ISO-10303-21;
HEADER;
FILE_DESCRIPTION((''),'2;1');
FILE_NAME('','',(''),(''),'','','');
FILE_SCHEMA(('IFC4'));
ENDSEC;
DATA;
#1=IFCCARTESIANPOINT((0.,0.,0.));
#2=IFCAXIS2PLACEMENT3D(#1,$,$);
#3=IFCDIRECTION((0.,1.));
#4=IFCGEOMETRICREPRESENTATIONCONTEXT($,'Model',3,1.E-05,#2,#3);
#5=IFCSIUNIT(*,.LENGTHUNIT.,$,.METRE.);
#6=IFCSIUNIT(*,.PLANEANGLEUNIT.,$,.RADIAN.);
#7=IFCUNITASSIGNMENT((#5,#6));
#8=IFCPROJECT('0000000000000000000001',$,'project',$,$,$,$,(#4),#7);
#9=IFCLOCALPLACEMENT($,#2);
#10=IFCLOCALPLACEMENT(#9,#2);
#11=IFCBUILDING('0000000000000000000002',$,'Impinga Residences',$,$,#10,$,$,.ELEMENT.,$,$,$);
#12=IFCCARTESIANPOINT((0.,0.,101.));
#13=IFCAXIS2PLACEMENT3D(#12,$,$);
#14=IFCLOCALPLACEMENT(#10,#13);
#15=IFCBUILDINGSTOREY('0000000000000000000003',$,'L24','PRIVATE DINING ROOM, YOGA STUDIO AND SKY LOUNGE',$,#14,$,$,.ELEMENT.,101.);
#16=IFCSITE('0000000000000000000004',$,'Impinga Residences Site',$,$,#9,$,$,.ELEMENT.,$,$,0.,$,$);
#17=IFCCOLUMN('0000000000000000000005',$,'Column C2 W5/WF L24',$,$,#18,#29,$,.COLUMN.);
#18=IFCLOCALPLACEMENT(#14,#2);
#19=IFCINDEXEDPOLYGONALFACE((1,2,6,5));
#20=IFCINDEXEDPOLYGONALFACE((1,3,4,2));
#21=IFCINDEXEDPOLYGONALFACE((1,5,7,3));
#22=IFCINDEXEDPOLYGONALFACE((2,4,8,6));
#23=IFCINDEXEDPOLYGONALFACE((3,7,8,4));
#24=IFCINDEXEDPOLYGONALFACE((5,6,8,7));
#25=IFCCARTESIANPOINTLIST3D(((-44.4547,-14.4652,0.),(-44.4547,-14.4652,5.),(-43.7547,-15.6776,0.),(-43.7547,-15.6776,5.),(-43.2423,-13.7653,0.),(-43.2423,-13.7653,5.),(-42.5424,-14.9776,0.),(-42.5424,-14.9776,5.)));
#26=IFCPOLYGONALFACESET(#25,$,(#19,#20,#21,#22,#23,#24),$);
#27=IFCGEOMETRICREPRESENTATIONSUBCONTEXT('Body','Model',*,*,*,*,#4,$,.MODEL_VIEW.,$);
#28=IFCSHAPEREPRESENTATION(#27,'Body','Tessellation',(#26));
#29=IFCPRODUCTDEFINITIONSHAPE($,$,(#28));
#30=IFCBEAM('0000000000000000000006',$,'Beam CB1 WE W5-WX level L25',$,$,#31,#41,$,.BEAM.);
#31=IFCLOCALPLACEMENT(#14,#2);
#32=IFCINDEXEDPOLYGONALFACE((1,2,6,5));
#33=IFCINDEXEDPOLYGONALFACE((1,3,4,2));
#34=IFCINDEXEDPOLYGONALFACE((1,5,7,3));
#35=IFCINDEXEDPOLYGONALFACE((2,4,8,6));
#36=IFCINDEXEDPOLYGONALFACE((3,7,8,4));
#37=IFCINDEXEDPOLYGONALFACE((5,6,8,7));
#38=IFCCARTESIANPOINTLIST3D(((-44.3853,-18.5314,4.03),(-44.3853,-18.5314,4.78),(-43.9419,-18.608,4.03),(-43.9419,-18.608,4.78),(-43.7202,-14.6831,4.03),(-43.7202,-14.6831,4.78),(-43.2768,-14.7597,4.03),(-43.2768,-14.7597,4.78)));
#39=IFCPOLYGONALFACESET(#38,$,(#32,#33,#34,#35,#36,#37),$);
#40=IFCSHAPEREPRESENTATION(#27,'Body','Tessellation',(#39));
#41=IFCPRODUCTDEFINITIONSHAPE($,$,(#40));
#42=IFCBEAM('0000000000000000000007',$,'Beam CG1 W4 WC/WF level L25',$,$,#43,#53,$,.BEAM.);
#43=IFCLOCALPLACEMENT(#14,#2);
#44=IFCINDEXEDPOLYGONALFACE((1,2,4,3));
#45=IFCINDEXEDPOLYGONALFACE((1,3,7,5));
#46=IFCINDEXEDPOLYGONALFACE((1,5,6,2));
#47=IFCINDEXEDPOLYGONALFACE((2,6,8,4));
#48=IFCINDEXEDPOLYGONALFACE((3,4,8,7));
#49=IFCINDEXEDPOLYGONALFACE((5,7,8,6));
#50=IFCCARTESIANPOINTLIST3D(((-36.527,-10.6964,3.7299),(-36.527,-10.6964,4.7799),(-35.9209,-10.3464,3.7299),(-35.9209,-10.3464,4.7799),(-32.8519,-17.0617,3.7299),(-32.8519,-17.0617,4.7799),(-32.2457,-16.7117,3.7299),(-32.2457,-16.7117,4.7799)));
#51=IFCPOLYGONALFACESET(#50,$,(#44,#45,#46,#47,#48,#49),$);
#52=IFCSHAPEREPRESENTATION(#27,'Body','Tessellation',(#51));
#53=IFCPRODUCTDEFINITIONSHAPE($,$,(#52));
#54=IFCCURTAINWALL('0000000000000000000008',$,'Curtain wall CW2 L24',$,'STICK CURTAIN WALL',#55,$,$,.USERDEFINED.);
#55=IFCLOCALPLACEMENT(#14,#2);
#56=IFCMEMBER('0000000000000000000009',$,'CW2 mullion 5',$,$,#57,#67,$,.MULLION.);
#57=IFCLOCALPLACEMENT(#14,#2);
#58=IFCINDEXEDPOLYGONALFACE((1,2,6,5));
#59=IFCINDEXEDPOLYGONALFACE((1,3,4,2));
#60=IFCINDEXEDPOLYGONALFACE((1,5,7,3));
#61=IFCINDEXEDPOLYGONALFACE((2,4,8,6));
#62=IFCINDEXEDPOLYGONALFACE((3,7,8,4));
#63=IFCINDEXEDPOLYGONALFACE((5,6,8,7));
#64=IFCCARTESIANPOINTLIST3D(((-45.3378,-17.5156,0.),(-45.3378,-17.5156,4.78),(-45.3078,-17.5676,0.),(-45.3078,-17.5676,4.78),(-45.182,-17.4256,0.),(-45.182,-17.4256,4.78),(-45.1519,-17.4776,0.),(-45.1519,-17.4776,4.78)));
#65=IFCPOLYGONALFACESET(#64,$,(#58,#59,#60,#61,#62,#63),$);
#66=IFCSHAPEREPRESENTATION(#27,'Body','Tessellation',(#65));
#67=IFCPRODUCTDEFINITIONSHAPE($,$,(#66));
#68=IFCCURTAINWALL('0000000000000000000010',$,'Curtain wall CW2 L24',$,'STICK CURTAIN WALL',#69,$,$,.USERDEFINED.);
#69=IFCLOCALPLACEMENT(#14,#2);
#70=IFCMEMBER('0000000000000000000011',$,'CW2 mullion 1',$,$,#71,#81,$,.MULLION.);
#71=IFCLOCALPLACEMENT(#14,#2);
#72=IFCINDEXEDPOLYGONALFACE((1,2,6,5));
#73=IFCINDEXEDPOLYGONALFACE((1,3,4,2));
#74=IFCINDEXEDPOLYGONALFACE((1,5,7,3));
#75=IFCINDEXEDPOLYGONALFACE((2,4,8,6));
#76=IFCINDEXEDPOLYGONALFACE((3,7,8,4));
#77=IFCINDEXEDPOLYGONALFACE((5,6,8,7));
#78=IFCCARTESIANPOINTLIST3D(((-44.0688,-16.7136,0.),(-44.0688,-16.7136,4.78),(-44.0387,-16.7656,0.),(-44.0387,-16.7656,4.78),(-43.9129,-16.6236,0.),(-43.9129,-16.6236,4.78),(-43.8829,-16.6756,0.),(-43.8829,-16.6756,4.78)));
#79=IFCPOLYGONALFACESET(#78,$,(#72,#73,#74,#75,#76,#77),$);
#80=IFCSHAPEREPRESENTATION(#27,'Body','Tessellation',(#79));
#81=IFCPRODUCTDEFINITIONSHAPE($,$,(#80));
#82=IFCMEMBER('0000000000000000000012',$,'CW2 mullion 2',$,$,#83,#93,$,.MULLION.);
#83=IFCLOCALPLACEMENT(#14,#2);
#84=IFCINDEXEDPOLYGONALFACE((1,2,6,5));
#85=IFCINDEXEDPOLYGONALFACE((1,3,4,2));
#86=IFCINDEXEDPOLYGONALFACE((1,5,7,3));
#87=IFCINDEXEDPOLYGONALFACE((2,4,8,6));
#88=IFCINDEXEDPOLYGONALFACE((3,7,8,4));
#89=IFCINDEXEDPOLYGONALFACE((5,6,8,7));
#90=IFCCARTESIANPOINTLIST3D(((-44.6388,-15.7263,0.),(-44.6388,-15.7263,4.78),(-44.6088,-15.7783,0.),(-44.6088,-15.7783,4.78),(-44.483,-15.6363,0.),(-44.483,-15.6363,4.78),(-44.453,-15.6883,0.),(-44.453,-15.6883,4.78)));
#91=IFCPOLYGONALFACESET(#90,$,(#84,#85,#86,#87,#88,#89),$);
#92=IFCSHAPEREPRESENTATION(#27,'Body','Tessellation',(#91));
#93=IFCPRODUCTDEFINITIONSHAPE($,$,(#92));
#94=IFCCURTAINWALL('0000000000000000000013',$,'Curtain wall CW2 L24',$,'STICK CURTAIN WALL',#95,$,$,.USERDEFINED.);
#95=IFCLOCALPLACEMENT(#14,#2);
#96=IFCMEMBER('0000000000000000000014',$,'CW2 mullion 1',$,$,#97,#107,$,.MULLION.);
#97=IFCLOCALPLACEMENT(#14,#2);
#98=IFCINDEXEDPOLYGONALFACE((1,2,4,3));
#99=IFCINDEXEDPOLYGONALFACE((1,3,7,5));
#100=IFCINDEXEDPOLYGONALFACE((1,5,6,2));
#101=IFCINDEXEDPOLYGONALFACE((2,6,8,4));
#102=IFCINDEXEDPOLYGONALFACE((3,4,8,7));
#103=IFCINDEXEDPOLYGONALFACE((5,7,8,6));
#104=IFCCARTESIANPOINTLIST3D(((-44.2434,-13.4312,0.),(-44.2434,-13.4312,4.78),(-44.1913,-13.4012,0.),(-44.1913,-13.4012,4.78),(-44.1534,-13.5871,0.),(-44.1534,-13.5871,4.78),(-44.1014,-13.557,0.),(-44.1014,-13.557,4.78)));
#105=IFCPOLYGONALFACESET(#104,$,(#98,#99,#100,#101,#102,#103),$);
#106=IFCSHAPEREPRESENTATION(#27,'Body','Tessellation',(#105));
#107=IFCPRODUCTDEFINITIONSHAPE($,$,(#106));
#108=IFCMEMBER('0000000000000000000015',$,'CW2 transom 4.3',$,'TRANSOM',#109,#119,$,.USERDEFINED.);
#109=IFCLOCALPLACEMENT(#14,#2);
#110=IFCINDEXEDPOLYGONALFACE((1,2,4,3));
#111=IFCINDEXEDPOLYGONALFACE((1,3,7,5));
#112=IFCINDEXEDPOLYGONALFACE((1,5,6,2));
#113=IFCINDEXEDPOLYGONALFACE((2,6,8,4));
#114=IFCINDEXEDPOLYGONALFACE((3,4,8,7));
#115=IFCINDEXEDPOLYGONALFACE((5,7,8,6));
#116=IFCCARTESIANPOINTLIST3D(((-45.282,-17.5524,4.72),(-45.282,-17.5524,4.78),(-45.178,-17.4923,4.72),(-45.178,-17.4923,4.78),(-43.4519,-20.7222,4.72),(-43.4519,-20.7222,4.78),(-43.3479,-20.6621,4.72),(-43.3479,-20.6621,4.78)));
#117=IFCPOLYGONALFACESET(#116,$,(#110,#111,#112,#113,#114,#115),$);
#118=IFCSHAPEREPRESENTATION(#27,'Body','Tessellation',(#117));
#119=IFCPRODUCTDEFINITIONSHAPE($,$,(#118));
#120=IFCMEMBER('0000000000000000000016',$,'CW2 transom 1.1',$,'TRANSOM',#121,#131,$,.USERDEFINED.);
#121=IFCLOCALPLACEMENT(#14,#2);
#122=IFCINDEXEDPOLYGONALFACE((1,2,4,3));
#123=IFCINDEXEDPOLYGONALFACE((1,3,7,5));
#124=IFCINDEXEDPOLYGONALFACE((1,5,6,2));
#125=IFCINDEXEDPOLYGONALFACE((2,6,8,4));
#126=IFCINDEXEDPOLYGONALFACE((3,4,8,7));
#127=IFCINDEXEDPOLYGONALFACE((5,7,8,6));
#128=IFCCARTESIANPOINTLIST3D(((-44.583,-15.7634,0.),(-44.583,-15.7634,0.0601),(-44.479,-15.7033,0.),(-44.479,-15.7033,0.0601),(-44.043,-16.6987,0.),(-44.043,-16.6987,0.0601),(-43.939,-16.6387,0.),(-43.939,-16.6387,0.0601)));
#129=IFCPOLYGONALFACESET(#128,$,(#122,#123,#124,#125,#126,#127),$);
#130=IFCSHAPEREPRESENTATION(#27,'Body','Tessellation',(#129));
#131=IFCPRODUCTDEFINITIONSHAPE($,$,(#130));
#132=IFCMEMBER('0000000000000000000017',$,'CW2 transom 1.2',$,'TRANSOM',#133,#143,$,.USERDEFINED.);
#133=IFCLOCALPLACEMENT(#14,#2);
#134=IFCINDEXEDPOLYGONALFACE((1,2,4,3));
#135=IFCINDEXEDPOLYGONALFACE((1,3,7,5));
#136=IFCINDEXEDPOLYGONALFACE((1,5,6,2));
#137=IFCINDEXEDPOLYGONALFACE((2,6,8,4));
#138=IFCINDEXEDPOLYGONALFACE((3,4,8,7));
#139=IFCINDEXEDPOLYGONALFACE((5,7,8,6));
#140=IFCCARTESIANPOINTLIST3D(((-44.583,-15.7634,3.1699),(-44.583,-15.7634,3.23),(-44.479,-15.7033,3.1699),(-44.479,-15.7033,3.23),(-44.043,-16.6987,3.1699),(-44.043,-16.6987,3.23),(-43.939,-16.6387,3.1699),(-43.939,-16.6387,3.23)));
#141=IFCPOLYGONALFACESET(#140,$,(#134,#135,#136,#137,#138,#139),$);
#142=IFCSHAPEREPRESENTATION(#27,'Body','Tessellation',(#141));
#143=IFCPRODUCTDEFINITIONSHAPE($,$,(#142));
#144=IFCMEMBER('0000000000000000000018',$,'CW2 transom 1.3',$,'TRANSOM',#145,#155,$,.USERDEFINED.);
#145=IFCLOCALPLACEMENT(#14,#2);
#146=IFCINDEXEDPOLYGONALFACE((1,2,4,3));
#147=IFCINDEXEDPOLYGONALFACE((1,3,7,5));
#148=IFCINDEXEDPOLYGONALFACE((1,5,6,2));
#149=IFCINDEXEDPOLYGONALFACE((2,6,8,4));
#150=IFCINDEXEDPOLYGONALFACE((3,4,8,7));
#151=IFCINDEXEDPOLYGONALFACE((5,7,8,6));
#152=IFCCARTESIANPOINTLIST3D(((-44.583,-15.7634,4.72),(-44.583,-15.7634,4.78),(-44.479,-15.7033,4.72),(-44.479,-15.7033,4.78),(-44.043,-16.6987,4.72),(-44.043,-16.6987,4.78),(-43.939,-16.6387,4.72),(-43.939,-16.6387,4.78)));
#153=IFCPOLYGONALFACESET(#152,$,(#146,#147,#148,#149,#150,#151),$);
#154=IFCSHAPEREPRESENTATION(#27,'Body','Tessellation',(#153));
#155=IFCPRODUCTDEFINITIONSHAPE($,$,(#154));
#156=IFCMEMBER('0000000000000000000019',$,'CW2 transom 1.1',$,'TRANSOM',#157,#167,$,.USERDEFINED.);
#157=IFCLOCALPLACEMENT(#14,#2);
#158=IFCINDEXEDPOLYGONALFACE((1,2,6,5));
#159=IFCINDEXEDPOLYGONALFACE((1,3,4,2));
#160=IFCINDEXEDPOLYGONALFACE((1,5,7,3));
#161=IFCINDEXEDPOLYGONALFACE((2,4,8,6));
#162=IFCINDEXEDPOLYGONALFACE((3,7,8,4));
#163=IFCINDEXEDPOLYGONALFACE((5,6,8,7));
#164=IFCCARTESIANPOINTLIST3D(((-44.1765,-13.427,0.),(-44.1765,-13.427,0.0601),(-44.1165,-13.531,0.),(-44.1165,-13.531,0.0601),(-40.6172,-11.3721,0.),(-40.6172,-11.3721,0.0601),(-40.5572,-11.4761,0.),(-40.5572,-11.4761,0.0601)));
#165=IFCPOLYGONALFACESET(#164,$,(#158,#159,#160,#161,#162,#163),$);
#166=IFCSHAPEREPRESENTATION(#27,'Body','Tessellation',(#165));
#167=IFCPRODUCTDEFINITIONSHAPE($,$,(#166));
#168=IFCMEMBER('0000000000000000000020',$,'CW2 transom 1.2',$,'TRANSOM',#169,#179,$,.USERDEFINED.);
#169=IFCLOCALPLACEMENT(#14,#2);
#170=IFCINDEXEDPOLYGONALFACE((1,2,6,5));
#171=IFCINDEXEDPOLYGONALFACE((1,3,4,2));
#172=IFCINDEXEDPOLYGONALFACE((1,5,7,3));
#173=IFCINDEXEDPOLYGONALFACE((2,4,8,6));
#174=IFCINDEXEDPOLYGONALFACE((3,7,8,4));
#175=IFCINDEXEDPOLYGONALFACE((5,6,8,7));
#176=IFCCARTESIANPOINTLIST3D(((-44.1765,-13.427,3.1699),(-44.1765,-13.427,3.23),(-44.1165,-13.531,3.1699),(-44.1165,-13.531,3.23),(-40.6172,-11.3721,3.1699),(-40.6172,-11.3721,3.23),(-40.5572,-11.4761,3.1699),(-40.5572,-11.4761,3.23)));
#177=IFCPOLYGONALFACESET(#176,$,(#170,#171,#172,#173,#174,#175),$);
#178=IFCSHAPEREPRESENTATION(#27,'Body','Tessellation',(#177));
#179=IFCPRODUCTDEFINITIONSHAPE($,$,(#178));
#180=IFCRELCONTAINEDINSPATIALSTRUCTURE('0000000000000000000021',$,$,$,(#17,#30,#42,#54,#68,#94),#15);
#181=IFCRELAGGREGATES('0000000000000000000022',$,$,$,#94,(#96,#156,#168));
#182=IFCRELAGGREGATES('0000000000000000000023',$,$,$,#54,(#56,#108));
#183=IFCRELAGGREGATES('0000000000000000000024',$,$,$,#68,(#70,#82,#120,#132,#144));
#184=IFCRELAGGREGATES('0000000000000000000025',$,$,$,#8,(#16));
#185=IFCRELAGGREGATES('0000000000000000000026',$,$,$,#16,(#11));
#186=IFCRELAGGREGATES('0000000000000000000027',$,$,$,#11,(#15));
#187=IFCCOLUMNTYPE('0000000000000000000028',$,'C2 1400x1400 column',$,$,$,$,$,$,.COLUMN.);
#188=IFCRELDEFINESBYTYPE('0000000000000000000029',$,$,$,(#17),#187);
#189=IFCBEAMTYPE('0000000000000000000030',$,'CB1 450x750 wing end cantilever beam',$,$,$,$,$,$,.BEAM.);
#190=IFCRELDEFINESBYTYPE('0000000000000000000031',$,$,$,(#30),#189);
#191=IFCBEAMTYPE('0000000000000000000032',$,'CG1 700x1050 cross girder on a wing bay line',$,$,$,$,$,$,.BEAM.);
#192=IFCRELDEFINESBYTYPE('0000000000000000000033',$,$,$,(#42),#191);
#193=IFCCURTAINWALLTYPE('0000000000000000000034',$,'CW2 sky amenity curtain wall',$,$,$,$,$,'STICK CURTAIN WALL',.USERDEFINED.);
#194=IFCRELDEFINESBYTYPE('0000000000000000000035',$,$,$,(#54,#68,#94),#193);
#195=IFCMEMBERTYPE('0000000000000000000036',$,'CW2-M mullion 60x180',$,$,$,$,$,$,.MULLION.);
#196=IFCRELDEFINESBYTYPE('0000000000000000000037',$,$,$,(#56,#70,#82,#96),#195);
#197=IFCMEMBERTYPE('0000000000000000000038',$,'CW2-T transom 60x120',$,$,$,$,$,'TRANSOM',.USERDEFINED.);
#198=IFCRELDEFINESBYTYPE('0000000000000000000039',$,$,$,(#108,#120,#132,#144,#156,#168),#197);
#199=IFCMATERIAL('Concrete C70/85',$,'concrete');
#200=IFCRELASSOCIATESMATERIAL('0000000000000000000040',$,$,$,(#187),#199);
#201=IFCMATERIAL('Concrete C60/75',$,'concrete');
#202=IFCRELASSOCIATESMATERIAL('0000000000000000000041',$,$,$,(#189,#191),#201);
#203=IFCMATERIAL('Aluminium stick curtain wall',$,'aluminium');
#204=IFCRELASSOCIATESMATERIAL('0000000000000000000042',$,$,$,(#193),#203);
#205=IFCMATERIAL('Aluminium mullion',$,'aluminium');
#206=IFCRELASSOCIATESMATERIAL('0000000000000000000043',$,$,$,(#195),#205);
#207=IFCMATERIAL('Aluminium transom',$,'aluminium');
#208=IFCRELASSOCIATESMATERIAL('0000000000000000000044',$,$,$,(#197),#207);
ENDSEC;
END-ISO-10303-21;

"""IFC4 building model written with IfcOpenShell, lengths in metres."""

from ifc_helpers import new_model, si_unit, direction, frame, origin, origin_2d, place, context, subcontext, project, spatial, rectangle, extrude, material, material_profile, profile_set, type_object, element, aggregate, save


model = new_model("IFC4")

# Units and contexts
model_context = context("Model", 3, precision=1e-05, world=origin(), true_north=direction((0.0, 1.0)))
body_context = subcontext(model_context, "Body", "Model", "MODEL_VIEW")
ifc_project = project(units=[si_unit("LENGTHUNIT", "METRE"), si_unit("PLANEANGLEUNIT", "RADIAN")], contexts=[model_context])

# Site, building, storey
site_placement = place(None, origin())
site = spatial("IfcSite", under=ifc_project, at=site_placement, Name="Impinga Residences Site", CompositionType="ELEMENT", RefElevation=0.0)
building_placement = place(site_placement, origin())
building = spatial("IfcBuilding", under=site, at=building_placement, Name="Impinga Residences", CompositionType="ELEMENT")
storey_placement = place(building_placement, frame((0.0, 0.0, 101.0)))
storey = spatial("IfcBuildingStorey", under=building, at=storey_placement, Name="L24", Description="PRIVATE DINING ROOM, YOGA STUDIO AND SKY LOUNGE", CompositionType="ELEMENT", Elevation=101.0)

# Column
ifc_material_1 = material(Name="Concrete C70/85", Category="concrete")
ifc_material_profile_1 = material_profile(ifc_material_1, rectangle(XDim=1.3999, YDim=1.3999, at=origin_2d()), Name="RC 1400x1400")
ifc_profile_set_1 = profile_set([ifc_material_profile_1], Name="Concrete C70/85")
column_type = type_object("IfcColumnType", Name="C2 1400x1400 column", PredefinedType="COLUMN", material=ifc_profile_set_1)
column_placement = place(storey_placement, frame((-43.4985, -14.7214, 0.0), z_axis=(0.0, 0.0, 1.0), x_axis=(-0.5, 0.866025, 0.0)))
element("IfcColumn", 1, at=column_placement, inside=storey, type_object=column_type, Name="Column C2 W5/WF L24", PredefinedType="COLUMN", context=body_context, shape_type="SweptSolid", body=[
    extrude(rectangle(XDim=1.3999, YDim=1.3999, at=origin_2d()), origin(), (0.0, 0.0, 1.0), 5.0),
])

# Beams
ifc_material_2 = material(Name="Concrete C60/75", Category="concrete")
ifc_material_profile_2 = material_profile(ifc_material_2, rectangle(XDim=0.45, YDim=0.75, at=origin_2d()), Name="RC 450x750")
ifc_profile_set_2 = profile_set([ifc_material_profile_2], Name="Concrete C60/75")
beam_type_1 = type_object("IfcBeamType", Name="CB1 450x750 wing end cantilever beam", PredefinedType="BEAM", material=ifc_profile_set_2)
beam_1_placement = place(storey_placement, frame((-43.4985, -14.7214, 4.405), z_axis=(-0.170296, -0.985393, 0.0), x_axis=(0.985393, -0.170296, 0.0)))
element("IfcBeam", 2, at=beam_1_placement, inside=storey, type_object=beam_type_1, Name="Beam CB1 WE W5-WX level L25", PredefinedType="BEAM", context=body_context, shape_type="SweptSolid", body=[
    extrude(rectangle(XDim=0.45, YDim=0.75, at=origin_2d()), origin(), (0.0, 0.0, 1.0), 3.9053),
])
ifc_material_profile_3 = material_profile(ifc_material_2, rectangle(XDim=0.7, YDim=1.05, at=origin_2d()), Name="RC 700x1050")
ifc_profile_set_3 = profile_set([ifc_material_profile_3], Name="Concrete C60/75")
beam_type_2 = type_object("IfcBeamType", Name="CG1 700x1050 cross girder on a wing bay line", PredefinedType="BEAM", material=ifc_profile_set_3)
beam_2_placement = place(storey_placement, frame((-32.5488, -16.8867, 4.2549), z_axis=(-0.500008, 0.866021, 0.0), x_axis=(-0.866021, -0.500008, 0.0)))
element("IfcBeam", 3, at=beam_2_placement, inside=storey, type_object=beam_type_2, Name="Beam CG1 W4 WC/WF level L25", PredefinedType="BEAM", context=body_context, shape_type="SweptSolid", body=[
    extrude(rectangle(XDim=0.7, YDim=1.05, at=origin_2d()), origin(), (0.0, 0.0, 1.0), 7.3501),
])

# Curtain wall, member
ifc_material_3 = material(Name="Aluminium stick curtain wall", Category="aluminium")
curtain_wall_type = type_object("IfcCurtainWallType", Name="CW2 sky amenity curtain wall", ElementType="STICK CURTAIN WALL", PredefinedType="USERDEFINED", material=ifc_material_3)
curtain_wall_1_placement = place(storey_placement, origin())
curtain_wall_1 = element("IfcCurtainWall", 4, at=curtain_wall_1_placement, inside=storey, type_object=curtain_wall_type, Name="Curtain wall CW2 L24", ObjectType="STICK CURTAIN WALL", PredefinedType="USERDEFINED")
ifc_material_4 = material(Name="Aluminium mullion", Category="aluminium")
ifc_material_profile_4 = material_profile(ifc_material_4, rectangle(XDim=0.0601, YDim=0.1799, at=origin_2d()), Name="60x180 mullion")
ifc_profile_set_4 = profile_set([ifc_material_profile_4], Name="Aluminium mullion")
member_type_1 = type_object("IfcMemberType", Name="CW2-M mullion 60x180", PredefinedType="MULLION", material=ifc_profile_set_4)
member_1_placement = place(storey_placement, frame((-45.2449, -17.4966, 0.0), z_axis=(0.0, 0.0, 1.0), x_axis=(-0.5, 0.866025, 0.0)))
member_1 = element("IfcMember", 5, at=member_1_placement, type_object=member_type_1, Name="CW2 mullion 5", PredefinedType="MULLION", context=body_context, shape_type="SweptSolid", body=[
    extrude(rectangle(XDim=0.0601, YDim=0.1799, at=origin_2d()), origin(), (0.0, 0.0, 1.0), 4.78),
])

# Curtain wall, members
curtain_wall_2_placement = place(storey_placement, origin())
curtain_wall_2 = element("IfcCurtainWall", 6, at=curtain_wall_2_placement, inside=storey, type_object=curtain_wall_type, Name="Curtain wall CW2 L24", ObjectType="STICK CURTAIN WALL", PredefinedType="USERDEFINED")
member_2_placement = place(storey_placement, frame((-43.9758, -16.6946, 0.0), z_axis=(0.0, 0.0, 1.0), x_axis=(-0.5, 0.866025, 0.0)))
member_2 = element("IfcMember", 7, at=member_2_placement, type_object=member_type_1, Name="CW2 mullion 1", PredefinedType="MULLION", context=body_context, shape_type="SweptSolid", body=[
    extrude(rectangle(XDim=0.0601, YDim=0.1799, at=origin_2d()), origin(), (0.0, 0.0, 1.0), 4.78),
])
member_3_placement = place(storey_placement, frame((-44.5459, -15.7073, 0.0), z_axis=(0.0, 0.0, 1.0), x_axis=(-0.5, 0.866025, 0.0)))
member_3 = element("IfcMember", 8, at=member_3_placement, type_object=member_type_1, Name="CW2 mullion 2", PredefinedType="MULLION", context=body_context, shape_type="SweptSolid", body=[
    extrude(rectangle(XDim=0.0601, YDim=0.1799, at=origin_2d()), origin(), (0.0, 0.0, 1.0), 4.78),
])

# Curtain wall, member
curtain_wall_3_placement = place(storey_placement, origin())
curtain_wall_3 = element("IfcCurtainWall", 9, at=curtain_wall_3_placement, inside=storey, type_object=curtain_wall_type, Name="Curtain wall CW2 L24", ObjectType="STICK CURTAIN WALL", PredefinedType="USERDEFINED")
member_4_placement = place(storey_placement, frame((-44.1724, -13.4941, 0.0), z_axis=(0.0, 0.0, 1.0), x_axis=(0.866025, 0.5, 0.0)))
member_4 = element("IfcMember", 10, at=member_4_placement, type_object=member_type_1, Name="CW2 mullion 1", PredefinedType="MULLION", context=body_context, shape_type="SweptSolid", body=[
    extrude(rectangle(XDim=0.0601, YDim=0.1799, at=origin_2d()), origin(), (0.0, 0.0, 1.0), 4.78),
])

# Members
ifc_material_5 = material(Name="Aluminium transom", Category="aluminium")
ifc_material_profile_5 = material_profile(ifc_material_5, rectangle(XDim=0.0601, YDim=0.1201, at=origin_2d()), Name="60x120 transom")
ifc_profile_set_5 = profile_set([ifc_material_profile_5], Name="Aluminium transom")
member_type_2 = type_object("IfcMemberType", Name="CW2-T transom 60x120", ElementType="TRANSOM", PredefinedType="USERDEFINED", material=ifc_profile_set_5)
member_5_placement = place(storey_placement, frame((-43.3999, -20.6921, 4.75), z_axis=(-0.500013, 0.866018, 0.0), x_axis=(0.0, 0.0, 1.0)))
member_5 = element("IfcMember", 11, at=member_5_placement, type_object=member_type_2, Name="CW2 transom 4.3", ObjectType="TRANSOM", PredefinedType="USERDEFINED", context=body_context, shape_type="SweptSolid", body=[
    extrude(rectangle(XDim=0.0601, YDim=0.1201, at=origin_2d()), origin(), (0.0, 0.0, 1.0), 3.6602),
])
member_6_placement = place(storey_placement, frame((-43.991, -16.6687, 0.03), z_axis=(-0.500029, 0.866009, 0.0), x_axis=(0.0, 0.0, 1.0)))
member_6 = element("IfcMember", 12, at=member_6_placement, type_object=member_type_2, Name="CW2 transom 1.1", ObjectType="TRANSOM", PredefinedType="USERDEFINED", context=body_context, shape_type="SweptSolid", body=[
    extrude(rectangle(XDim=0.0601, YDim=0.1201, at=origin_2d()), origin(), (0.0, 0.0, 1.0), 1.0801),
])
member_7_placement = place(storey_placement, frame((-43.991, -16.6687, 3.2), z_axis=(-0.500029, 0.866009, 0.0), x_axis=(0.0, 0.0, 1.0)))
member_7 = element("IfcMember", 13, at=member_7_placement, type_object=member_type_2, Name="CW2 transom 1.2", ObjectType="TRANSOM", PredefinedType="USERDEFINED", context=body_context, shape_type="SweptSolid", body=[
    extrude(rectangle(XDim=0.0601, YDim=0.1201, at=origin_2d()), origin(), (0.0, 0.0, 1.0), 1.0801),
])
member_8_placement = place(storey_placement, frame((-43.991, -16.6687, 4.75), z_axis=(-0.500029, 0.866009, 0.0), x_axis=(0.0, 0.0, 1.0)))
member_8 = element("IfcMember", 14, at=member_8_placement, type_object=member_type_2, Name="CW2 transom 1.3", ObjectType="TRANSOM", PredefinedType="USERDEFINED", context=body_context, shape_type="SweptSolid", body=[
    extrude(rectangle(XDim=0.0601, YDim=0.1201, at=origin_2d()), origin(), (0.0, 0.0, 1.0), 1.0801),
])
member_9_placement = place(storey_placement, frame((-44.1465, -13.479, 0.03), z_axis=(0.86603, 0.499992, 0.0), x_axis=(0.0, 0.0, 1.0)))
member_9 = element("IfcMember", 15, at=member_9_placement, type_object=member_type_2, Name="CW2 transom 1.1", ObjectType="TRANSOM", PredefinedType="USERDEFINED", context=body_context, shape_type="SweptSolid", body=[
    extrude(rectangle(XDim=0.0601, YDim=0.1201, at=origin_2d()), origin(), (0.0, 0.0, 1.0), 4.1099),
])
member_10_placement = place(storey_placement, frame((-44.1465, -13.479, 3.2), z_axis=(0.86603, 0.499992, 0.0), x_axis=(0.0, 0.0, 1.0)))
member_10 = element("IfcMember", 16, at=member_10_placement, type_object=member_type_2, Name="CW2 transom 1.2", ObjectType="TRANSOM", PredefinedType="USERDEFINED", context=body_context, shape_type="SweptSolid", body=[
    extrude(rectangle(XDim=0.0601, YDim=0.1201, at=origin_2d()), origin(), (0.0, 0.0, 1.0), 4.1099),
])
aggregate(curtain_wall_3, [member_4, member_9, member_10])

aggregate(curtain_wall_1, [member_1, member_5])
aggregate(curtain_wall_2, [member_2, member_3, member_6, member_7, member_8])

save(model, "model.ifc")
